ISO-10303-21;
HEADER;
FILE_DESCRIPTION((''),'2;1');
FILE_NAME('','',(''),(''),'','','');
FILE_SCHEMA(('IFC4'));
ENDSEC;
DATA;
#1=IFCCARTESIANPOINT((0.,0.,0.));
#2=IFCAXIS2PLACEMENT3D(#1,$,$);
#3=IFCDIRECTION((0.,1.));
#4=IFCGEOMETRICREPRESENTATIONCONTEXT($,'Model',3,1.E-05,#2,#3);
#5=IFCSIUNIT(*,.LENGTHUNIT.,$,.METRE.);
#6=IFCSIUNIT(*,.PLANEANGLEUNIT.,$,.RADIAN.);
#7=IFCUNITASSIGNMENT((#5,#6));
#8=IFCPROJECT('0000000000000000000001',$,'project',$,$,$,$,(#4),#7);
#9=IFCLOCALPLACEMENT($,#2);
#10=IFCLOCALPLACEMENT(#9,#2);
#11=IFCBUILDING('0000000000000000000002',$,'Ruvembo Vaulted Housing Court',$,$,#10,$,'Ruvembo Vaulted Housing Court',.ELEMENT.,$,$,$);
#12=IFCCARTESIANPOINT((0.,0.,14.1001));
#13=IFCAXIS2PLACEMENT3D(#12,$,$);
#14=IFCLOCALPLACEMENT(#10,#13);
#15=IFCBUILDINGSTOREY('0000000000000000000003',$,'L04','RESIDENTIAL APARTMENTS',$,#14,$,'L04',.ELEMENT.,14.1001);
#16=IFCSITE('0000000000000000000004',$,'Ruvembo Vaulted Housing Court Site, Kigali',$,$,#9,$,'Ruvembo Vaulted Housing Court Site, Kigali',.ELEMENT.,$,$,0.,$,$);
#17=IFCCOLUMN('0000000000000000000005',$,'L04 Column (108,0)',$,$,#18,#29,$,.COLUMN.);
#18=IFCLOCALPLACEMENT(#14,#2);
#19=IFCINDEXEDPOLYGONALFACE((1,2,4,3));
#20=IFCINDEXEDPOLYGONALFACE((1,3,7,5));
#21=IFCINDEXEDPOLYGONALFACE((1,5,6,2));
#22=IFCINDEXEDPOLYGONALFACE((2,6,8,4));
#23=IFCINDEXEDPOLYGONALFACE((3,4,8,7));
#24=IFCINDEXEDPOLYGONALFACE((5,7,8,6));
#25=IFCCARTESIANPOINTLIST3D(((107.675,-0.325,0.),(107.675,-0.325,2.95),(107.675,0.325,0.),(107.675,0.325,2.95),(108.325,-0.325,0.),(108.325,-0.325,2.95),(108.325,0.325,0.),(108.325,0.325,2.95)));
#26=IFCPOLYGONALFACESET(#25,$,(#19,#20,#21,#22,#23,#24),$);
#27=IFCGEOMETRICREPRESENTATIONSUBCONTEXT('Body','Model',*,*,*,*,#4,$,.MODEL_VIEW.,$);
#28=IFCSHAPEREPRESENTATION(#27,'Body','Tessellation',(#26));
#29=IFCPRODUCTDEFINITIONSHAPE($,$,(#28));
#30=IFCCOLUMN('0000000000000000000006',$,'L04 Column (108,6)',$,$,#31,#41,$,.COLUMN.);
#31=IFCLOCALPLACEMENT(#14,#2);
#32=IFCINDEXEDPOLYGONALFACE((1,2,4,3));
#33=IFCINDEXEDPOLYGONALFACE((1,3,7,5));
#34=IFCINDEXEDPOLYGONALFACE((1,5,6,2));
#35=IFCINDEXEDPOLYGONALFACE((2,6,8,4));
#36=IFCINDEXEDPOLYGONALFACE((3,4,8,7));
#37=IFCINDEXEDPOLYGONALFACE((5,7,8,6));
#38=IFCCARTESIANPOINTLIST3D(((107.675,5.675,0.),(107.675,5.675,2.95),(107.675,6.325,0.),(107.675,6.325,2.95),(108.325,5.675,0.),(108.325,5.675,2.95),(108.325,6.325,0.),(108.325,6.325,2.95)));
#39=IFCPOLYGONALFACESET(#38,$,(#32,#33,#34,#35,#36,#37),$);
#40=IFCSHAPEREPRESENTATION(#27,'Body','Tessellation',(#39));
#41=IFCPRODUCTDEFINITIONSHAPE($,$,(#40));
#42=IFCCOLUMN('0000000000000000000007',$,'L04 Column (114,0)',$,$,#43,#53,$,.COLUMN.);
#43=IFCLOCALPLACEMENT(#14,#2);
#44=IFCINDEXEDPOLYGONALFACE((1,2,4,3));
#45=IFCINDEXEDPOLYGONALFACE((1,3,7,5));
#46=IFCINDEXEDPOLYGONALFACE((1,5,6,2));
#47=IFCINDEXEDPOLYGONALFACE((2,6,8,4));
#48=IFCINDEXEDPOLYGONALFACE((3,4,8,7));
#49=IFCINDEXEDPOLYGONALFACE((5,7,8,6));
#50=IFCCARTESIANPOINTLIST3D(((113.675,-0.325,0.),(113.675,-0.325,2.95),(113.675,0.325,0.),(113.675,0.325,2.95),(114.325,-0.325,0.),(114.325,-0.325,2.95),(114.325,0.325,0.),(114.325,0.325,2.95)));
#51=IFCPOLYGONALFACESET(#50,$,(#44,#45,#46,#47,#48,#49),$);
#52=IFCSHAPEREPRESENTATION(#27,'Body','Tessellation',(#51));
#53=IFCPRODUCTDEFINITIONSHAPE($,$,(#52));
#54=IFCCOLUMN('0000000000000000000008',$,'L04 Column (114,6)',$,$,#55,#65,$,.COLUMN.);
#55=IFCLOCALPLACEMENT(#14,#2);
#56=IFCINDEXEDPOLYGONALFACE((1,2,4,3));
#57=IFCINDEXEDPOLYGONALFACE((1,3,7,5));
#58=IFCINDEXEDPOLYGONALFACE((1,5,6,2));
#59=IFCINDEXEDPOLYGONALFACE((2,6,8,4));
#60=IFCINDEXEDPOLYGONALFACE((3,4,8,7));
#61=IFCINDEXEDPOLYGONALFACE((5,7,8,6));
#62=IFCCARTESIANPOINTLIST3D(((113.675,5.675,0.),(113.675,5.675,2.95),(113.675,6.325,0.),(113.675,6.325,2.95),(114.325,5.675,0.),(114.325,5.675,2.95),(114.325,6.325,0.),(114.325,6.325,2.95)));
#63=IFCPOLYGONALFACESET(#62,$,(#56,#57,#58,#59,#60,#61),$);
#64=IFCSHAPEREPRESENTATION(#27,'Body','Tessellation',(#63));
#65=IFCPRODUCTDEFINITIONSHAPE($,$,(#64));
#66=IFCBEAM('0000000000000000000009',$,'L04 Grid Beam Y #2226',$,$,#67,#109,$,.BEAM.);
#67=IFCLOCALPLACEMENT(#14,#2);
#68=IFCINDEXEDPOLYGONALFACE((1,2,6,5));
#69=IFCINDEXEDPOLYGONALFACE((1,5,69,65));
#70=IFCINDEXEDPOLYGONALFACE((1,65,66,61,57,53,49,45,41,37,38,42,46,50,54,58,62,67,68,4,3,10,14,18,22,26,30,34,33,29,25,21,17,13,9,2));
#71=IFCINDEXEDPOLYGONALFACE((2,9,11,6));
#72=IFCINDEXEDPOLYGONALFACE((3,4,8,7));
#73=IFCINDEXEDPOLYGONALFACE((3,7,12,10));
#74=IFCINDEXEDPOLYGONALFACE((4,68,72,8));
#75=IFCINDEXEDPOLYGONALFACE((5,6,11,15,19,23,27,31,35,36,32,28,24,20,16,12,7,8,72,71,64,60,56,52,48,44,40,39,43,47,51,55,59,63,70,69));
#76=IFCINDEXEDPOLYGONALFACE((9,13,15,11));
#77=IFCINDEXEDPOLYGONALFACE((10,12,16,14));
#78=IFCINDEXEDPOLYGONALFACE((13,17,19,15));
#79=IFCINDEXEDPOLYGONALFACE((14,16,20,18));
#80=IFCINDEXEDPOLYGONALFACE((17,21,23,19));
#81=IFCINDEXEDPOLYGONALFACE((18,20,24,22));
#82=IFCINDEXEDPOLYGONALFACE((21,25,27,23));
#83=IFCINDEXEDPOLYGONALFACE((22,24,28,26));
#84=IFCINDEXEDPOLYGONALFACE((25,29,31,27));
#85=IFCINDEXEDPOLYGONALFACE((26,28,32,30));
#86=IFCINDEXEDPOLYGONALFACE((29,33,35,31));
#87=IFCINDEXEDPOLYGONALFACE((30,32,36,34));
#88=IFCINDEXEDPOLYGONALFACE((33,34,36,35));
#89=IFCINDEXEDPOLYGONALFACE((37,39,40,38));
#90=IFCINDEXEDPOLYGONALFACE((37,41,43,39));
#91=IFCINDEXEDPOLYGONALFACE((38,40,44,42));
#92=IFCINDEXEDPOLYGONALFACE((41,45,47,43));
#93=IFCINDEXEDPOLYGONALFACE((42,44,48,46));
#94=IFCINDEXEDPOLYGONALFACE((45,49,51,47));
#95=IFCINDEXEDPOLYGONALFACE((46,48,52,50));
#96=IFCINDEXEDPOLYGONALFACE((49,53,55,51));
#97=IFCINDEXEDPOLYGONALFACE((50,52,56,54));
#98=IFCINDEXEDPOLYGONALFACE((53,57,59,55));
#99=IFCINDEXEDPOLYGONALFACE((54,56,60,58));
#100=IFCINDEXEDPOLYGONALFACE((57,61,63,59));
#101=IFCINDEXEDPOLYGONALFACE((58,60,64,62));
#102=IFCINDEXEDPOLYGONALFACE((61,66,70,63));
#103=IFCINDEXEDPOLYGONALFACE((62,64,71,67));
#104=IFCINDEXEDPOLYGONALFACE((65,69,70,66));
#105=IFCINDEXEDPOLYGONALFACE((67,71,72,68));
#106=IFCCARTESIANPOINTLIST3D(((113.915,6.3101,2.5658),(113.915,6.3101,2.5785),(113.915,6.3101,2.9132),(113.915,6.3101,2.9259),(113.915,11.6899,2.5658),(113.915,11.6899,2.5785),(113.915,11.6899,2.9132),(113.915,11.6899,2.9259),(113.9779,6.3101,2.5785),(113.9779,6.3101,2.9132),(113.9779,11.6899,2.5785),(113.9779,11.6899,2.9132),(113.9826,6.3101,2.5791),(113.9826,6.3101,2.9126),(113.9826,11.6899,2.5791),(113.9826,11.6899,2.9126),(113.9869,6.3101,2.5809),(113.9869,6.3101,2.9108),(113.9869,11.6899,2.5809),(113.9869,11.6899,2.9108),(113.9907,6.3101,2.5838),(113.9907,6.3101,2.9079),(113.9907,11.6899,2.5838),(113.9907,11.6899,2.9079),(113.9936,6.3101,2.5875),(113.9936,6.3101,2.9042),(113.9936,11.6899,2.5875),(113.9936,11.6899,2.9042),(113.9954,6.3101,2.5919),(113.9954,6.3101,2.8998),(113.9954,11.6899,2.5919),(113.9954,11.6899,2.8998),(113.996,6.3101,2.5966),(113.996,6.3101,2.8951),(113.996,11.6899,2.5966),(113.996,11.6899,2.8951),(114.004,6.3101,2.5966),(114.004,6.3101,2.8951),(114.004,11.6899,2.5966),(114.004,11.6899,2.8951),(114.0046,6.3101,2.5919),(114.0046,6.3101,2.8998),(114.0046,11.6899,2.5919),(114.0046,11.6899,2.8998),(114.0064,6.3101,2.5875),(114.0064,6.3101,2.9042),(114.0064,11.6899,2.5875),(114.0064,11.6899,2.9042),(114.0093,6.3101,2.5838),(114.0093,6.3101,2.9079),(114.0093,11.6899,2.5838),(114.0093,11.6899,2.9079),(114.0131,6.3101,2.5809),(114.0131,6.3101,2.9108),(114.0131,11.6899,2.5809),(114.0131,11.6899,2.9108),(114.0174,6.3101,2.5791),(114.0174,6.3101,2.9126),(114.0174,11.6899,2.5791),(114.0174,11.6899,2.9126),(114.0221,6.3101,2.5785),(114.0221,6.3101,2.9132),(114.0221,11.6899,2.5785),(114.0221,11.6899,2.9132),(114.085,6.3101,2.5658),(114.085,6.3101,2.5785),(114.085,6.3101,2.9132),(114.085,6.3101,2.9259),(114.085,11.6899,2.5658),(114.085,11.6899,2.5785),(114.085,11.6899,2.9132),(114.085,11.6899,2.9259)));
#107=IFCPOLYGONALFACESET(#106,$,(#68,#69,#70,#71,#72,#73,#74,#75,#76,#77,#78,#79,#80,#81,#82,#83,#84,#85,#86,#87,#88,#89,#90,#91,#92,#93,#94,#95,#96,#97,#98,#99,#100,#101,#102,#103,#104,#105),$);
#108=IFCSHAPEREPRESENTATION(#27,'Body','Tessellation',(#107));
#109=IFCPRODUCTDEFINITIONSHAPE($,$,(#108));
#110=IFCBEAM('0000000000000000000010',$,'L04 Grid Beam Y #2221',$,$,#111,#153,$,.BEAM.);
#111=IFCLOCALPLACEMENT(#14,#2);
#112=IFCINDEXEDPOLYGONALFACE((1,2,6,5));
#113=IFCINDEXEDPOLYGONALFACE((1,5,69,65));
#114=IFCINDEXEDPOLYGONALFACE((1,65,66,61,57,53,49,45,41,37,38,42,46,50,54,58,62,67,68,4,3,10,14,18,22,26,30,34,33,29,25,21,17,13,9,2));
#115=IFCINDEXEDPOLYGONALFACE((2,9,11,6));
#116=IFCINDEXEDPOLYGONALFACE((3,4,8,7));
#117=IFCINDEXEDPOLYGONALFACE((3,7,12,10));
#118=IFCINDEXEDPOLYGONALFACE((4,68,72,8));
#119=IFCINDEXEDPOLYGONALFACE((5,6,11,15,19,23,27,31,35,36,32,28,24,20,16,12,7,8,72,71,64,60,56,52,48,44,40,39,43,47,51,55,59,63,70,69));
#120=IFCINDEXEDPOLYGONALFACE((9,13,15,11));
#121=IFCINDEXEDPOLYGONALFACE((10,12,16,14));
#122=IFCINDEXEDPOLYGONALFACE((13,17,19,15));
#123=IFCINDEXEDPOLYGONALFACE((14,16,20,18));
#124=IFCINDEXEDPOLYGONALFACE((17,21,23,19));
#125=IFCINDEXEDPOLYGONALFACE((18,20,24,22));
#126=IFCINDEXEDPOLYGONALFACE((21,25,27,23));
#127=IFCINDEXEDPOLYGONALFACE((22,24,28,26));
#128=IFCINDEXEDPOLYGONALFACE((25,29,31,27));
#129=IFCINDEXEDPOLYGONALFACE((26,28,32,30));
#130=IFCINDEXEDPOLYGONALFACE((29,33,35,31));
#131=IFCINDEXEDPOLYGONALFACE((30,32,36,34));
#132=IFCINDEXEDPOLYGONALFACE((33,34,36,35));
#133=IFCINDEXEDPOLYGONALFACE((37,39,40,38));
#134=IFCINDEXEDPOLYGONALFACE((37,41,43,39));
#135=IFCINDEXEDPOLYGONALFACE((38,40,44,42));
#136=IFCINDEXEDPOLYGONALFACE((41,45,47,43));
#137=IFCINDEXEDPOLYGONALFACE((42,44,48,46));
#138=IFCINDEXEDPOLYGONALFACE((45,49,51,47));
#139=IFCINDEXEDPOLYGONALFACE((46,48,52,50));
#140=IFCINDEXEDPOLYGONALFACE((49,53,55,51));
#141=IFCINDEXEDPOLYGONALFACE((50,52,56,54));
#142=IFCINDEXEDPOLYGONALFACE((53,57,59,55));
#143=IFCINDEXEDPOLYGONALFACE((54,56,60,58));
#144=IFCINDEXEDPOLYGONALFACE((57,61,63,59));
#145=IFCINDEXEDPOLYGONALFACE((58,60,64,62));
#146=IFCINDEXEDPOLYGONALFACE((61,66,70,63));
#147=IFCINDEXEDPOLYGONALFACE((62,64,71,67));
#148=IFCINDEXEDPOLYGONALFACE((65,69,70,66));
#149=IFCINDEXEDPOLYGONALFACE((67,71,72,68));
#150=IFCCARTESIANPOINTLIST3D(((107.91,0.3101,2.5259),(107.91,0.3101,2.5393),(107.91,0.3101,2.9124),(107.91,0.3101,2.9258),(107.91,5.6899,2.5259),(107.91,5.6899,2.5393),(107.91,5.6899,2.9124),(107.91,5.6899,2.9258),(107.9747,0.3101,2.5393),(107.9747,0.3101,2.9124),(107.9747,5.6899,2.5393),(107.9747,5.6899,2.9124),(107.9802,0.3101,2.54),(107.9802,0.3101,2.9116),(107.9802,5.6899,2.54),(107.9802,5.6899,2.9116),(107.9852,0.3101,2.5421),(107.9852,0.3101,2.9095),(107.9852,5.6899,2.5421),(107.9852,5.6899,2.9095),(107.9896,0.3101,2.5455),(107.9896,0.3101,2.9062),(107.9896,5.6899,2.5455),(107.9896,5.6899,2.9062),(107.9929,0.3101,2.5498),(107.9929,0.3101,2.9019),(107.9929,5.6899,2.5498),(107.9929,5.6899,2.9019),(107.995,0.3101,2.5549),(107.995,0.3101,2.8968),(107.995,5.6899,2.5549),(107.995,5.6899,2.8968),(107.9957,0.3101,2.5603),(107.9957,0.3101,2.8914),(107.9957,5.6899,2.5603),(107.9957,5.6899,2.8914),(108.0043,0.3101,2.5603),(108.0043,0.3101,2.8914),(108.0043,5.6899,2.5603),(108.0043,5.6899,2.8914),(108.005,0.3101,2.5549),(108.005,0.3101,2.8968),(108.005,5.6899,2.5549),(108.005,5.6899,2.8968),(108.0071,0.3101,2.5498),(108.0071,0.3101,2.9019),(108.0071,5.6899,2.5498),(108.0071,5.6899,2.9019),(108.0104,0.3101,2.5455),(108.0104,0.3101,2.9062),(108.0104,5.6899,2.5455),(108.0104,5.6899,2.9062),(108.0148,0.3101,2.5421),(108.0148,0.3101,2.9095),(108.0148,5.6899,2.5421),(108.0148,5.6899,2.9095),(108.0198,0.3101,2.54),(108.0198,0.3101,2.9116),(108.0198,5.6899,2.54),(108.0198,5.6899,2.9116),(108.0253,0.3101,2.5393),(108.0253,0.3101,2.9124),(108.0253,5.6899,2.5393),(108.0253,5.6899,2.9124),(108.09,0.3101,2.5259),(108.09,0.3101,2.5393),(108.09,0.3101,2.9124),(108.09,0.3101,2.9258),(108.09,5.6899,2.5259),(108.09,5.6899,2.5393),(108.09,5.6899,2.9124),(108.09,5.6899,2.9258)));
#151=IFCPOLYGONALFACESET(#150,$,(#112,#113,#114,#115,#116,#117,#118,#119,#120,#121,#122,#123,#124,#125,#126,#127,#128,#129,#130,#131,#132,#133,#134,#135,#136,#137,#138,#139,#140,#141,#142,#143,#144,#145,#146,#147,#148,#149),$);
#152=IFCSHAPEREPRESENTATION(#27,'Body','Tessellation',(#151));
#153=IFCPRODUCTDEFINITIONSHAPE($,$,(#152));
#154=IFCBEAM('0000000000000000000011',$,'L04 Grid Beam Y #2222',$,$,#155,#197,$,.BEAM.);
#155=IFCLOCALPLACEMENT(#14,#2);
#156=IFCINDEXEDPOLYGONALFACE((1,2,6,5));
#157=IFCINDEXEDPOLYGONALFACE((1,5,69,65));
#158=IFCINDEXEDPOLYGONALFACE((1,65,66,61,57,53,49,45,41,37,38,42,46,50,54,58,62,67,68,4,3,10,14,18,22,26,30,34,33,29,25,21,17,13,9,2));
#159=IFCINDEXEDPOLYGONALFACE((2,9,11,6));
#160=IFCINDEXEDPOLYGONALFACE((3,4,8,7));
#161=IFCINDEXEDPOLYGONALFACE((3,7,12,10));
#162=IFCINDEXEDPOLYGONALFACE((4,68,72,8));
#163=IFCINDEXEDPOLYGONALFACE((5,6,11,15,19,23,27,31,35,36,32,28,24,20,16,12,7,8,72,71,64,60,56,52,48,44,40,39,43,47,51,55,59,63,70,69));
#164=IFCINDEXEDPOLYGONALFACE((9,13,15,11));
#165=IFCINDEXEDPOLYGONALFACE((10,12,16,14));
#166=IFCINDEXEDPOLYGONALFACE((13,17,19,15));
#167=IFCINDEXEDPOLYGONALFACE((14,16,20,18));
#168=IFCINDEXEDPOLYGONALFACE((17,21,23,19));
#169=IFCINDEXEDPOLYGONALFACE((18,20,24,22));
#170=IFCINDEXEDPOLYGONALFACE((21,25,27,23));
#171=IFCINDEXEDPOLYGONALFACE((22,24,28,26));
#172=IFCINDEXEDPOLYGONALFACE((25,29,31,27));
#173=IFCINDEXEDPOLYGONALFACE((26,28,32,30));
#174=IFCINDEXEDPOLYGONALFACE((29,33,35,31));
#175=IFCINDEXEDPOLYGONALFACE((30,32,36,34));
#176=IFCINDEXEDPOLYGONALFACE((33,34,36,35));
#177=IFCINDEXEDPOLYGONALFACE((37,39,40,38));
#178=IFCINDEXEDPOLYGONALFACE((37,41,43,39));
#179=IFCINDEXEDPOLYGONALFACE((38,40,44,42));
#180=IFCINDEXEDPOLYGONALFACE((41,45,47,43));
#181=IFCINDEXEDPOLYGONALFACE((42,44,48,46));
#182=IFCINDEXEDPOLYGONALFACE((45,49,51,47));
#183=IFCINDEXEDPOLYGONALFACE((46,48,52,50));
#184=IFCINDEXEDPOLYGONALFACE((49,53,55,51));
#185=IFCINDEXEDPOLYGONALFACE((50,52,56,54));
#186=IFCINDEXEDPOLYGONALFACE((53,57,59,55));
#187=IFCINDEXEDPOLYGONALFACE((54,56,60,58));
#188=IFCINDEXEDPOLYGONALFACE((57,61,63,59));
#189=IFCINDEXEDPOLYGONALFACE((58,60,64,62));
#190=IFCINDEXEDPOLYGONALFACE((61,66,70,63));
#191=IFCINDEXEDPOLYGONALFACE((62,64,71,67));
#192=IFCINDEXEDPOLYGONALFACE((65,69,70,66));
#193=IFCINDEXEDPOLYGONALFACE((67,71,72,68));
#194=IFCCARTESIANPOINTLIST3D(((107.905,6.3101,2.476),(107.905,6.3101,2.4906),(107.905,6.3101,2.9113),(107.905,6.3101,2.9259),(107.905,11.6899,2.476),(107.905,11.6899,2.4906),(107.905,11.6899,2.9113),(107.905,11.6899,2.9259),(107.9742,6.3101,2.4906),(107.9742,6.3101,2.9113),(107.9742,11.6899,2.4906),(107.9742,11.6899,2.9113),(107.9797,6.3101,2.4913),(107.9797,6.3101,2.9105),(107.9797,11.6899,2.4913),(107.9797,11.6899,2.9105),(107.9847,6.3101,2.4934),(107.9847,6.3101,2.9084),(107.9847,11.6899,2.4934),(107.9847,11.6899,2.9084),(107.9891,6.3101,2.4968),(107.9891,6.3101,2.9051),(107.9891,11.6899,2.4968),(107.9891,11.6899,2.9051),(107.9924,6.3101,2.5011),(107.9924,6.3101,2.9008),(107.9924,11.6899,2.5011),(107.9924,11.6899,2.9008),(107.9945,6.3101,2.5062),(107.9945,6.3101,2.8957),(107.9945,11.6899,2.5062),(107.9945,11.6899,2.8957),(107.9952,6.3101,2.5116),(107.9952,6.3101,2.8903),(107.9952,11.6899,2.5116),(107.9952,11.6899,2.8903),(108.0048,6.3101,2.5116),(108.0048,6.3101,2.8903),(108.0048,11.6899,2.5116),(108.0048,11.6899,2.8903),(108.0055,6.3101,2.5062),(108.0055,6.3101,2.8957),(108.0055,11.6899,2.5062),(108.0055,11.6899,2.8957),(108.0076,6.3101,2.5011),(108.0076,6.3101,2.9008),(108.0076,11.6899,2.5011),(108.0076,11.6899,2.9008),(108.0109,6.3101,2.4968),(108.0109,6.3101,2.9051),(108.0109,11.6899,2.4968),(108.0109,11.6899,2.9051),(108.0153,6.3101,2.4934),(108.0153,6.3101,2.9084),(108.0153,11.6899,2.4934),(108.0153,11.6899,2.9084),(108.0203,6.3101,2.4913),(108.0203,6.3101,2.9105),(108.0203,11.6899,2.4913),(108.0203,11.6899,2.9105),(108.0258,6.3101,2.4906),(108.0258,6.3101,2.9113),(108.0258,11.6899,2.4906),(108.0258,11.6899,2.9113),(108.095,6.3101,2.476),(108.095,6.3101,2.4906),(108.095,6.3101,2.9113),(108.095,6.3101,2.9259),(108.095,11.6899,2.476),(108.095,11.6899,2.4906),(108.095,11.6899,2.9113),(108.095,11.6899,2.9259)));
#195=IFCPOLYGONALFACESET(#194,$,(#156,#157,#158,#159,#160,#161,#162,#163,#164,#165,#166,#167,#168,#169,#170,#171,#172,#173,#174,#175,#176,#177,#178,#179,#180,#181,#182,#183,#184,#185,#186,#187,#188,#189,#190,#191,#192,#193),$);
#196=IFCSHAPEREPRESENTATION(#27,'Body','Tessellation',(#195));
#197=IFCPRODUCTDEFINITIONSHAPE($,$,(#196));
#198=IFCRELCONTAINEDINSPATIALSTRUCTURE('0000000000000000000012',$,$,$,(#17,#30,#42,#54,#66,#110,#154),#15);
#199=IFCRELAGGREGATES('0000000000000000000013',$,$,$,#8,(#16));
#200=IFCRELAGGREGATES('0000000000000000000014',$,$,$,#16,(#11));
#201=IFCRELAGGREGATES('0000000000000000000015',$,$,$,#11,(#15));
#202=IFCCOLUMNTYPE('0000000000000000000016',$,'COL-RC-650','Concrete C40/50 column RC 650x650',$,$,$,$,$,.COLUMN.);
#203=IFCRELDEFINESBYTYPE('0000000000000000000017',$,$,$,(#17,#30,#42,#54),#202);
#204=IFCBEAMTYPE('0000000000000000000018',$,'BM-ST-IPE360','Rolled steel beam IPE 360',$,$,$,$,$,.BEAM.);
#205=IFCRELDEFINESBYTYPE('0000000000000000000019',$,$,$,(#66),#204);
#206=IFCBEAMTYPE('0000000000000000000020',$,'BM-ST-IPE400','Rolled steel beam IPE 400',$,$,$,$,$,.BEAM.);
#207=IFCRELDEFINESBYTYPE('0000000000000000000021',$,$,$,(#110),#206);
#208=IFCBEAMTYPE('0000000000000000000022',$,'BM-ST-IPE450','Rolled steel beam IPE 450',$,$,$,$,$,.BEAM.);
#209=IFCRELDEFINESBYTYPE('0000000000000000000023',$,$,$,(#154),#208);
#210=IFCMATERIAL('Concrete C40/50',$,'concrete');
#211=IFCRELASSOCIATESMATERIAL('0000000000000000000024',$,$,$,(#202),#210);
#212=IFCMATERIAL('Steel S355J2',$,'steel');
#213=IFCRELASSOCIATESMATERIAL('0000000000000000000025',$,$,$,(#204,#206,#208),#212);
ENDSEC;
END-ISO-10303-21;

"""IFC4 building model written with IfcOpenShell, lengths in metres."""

from ifc_helpers import new_model, si_unit, direction, frame, origin, origin_2d, place, context, subcontext, project, spatial, rectangle, i_section, extrude, material, material_profile, profile_set, type_object, element, save


model = new_model("IFC4")

# Units and contexts
model_context = context("Model", 3, precision=1e-05, world=origin(), true_north=direction((0.0, 1.0)))
body_context = subcontext(model_context, "Body", "Model", "MODEL_VIEW")
ifc_project = project(units=[si_unit("LENGTHUNIT", "METRE"), si_unit("PLANEANGLEUNIT", "RADIAN")], contexts=[model_context])

# Site, building, storey
site_placement = place(None, origin())
site = spatial("IfcSite", under=ifc_project, at=site_placement, Name="Ruvembo Vaulted Housing Court Site, Kigali", LongName="Ruvembo Vaulted Housing Court Site, Kigali", CompositionType="ELEMENT", RefElevation=0.0)
building_placement = place(site_placement, origin())
building = spatial("IfcBuilding", under=site, at=building_placement, Name="Ruvembo Vaulted Housing Court", LongName="Ruvembo Vaulted Housing Court", CompositionType="ELEMENT")
storey_placement = place(building_placement, frame((0.0, 0.0, 14.1001)))
storey = spatial("IfcBuildingStorey", under=building, at=storey_placement, Name="L04", Description="RESIDENTIAL APARTMENTS", LongName="L04", CompositionType="ELEMENT", Elevation=14.1001)

# Columns
ifc_material_1 = material(Name="Concrete C40/50", Category="concrete")
ifc_material_profile_1 = material_profile(ifc_material_1, rectangle(XDim=0.6499, YDim=0.6499, at=origin_2d()), Name="RC 650x650")
ifc_profile_set_1 = profile_set([ifc_material_profile_1], Name="Concrete C40/50")
column_type = type_object("IfcColumnType", Name="COL-RC-650", Description="Concrete C40/50 column RC 650x650", PredefinedType="COLUMN", material=ifc_profile_set_1)
for number, where, z_axis, x_axis, name in (
    (1, (108.0, 0.0, 0.0), (0.0, 0.0, 1.0), (1.0, 0.0, 0.0), "L04 Column (108,0)"),
    (2, (108.0, 6.0, 0.0), (0.0, 0.0, 1.0), (1.0, 0.0, 0.0), "L04 Column (108,6)"),
    (3, (114.0, 0.0, 0.0), (0.0, 0.0, 1.0), (1.0, 0.0, 0.0), "L04 Column (114,0)"),
    (4, (114.0, 6.0, 0.0), (0.0, 0.0, 1.0), (1.0, 0.0, 0.0), "L04 Column (114,6)"),
):
    element("IfcColumn", number, at=place(storey_placement, frame(where, z_axis=z_axis, x_axis=x_axis)), inside=storey, type_object=column_type, Name=name, PredefinedType="COLUMN", context=body_context, shape_type="SweptSolid", body=[
        extrude(rectangle(XDim=0.6499, YDim=0.6499, at=origin_2d()), origin(), (0.0, 0.0, 1.0), 2.95),
    ])

# Beams
ifc_material_2 = material(Name="Steel S355J2", Category="steel")
ifc_material_profile_2 = material_profile(ifc_material_2, i_section(OverallWidth=0.1699, OverallDepth=0.3601, WebThickness=0.0081, FlangeThickness=0.0127, FilletRadius=0.0181, at=origin_2d()), Name="IPE 360")
ifc_profile_set_2 = profile_set([ifc_material_profile_2], Name="Steel S355J2")
beam_type_1 = type_object("IfcBeamType", Name="BM-ST-IPE360", Description="Rolled steel beam IPE 360", PredefinedType="BEAM", material=ifc_profile_set_2)
beam_1_placement = place(storey_placement, frame((114.0, 6.3101, 2.7458), z_axis=(0.0, 1.0, 0.0), x_axis=(-1.0, 0.0, 0.0)))
element("IfcBeam", 5, at=beam_1_placement, inside=storey, type_object=beam_type_1, Name="L04 Grid Beam Y #2226", PredefinedType="BEAM", context=body_context, shape_type="SweptSolid", body=[
    extrude(i_section(OverallWidth=0.1699, OverallDepth=0.3601, WebThickness=0.0081, FlangeThickness=0.0127, FilletRadius=0.0181, at=origin_2d()), origin(), (0.0, 0.0, 1.0), 5.3799),
])
ifc_material_profile_3 = material_profile(ifc_material_2, i_section(OverallWidth=0.1799, OverallDepth=0.3999, WebThickness=0.0085, FlangeThickness=0.0134, FilletRadius=0.021, at=origin_2d()), Name="IPE 400")
ifc_profile_set_3 = profile_set([ifc_material_profile_3], Name="Steel S355J2")
beam_type_2 = type_object("IfcBeamType", Name="BM-ST-IPE400", Description="Rolled steel beam IPE 400", PredefinedType="BEAM", material=ifc_profile_set_3)
beam_2_placement = place(storey_placement, frame((108.0, 0.3101, 2.7258), z_axis=(0.0, 1.0, 0.0), x_axis=(-1.0, 0.0, 0.0)))
element("IfcBeam", 6, at=beam_2_placement, inside=storey, type_object=beam_type_2, Name="L04 Grid Beam Y #2221", PredefinedType="BEAM", context=body_context, shape_type="SweptSolid", body=[
    extrude(i_section(OverallWidth=0.1799, OverallDepth=0.3999, WebThickness=0.0085, FlangeThickness=0.0134, FilletRadius=0.021, at=origin_2d()), origin(), (0.0, 0.0, 1.0), 5.3799),
])
ifc_material_profile_4 = material_profile(ifc_material_2, i_section(OverallWidth=0.1899, OverallDepth=0.45, WebThickness=0.0095, FlangeThickness=0.0146, FilletRadius=0.021, at=origin_2d()), Name="IPE 450")
ifc_profile_set_4 = profile_set([ifc_material_profile_4], Name="Steel S355J2")
beam_type_3 = type_object("IfcBeamType", Name="BM-ST-IPE450", Description="Rolled steel beam IPE 450", PredefinedType="BEAM", material=ifc_profile_set_4)
for number, where, z_axis, x_axis, name in (
    (7, (108.0, 6.3101, 2.7009), (0.0, 1.0, 0.0), (-1.0, 0.0, 0.0), "L04 Grid Beam Y #2222"),
):
    element("IfcBeam", number, at=place(storey_placement, frame(where, z_axis=z_axis, x_axis=x_axis)), inside=storey, type_object=beam_type_3, Name=name, PredefinedType="BEAM", context=body_context, shape_type="SweptSolid", body=[
        extrude(i_section(OverallWidth=0.1899, OverallDepth=0.45, WebThickness=0.0095, FlangeThickness=0.0146, FilletRadius=0.021, at=origin_2d()), origin(), (0.0, 0.0, 1.0), 5.3799),
    ])

save(model, "model.ifc")
